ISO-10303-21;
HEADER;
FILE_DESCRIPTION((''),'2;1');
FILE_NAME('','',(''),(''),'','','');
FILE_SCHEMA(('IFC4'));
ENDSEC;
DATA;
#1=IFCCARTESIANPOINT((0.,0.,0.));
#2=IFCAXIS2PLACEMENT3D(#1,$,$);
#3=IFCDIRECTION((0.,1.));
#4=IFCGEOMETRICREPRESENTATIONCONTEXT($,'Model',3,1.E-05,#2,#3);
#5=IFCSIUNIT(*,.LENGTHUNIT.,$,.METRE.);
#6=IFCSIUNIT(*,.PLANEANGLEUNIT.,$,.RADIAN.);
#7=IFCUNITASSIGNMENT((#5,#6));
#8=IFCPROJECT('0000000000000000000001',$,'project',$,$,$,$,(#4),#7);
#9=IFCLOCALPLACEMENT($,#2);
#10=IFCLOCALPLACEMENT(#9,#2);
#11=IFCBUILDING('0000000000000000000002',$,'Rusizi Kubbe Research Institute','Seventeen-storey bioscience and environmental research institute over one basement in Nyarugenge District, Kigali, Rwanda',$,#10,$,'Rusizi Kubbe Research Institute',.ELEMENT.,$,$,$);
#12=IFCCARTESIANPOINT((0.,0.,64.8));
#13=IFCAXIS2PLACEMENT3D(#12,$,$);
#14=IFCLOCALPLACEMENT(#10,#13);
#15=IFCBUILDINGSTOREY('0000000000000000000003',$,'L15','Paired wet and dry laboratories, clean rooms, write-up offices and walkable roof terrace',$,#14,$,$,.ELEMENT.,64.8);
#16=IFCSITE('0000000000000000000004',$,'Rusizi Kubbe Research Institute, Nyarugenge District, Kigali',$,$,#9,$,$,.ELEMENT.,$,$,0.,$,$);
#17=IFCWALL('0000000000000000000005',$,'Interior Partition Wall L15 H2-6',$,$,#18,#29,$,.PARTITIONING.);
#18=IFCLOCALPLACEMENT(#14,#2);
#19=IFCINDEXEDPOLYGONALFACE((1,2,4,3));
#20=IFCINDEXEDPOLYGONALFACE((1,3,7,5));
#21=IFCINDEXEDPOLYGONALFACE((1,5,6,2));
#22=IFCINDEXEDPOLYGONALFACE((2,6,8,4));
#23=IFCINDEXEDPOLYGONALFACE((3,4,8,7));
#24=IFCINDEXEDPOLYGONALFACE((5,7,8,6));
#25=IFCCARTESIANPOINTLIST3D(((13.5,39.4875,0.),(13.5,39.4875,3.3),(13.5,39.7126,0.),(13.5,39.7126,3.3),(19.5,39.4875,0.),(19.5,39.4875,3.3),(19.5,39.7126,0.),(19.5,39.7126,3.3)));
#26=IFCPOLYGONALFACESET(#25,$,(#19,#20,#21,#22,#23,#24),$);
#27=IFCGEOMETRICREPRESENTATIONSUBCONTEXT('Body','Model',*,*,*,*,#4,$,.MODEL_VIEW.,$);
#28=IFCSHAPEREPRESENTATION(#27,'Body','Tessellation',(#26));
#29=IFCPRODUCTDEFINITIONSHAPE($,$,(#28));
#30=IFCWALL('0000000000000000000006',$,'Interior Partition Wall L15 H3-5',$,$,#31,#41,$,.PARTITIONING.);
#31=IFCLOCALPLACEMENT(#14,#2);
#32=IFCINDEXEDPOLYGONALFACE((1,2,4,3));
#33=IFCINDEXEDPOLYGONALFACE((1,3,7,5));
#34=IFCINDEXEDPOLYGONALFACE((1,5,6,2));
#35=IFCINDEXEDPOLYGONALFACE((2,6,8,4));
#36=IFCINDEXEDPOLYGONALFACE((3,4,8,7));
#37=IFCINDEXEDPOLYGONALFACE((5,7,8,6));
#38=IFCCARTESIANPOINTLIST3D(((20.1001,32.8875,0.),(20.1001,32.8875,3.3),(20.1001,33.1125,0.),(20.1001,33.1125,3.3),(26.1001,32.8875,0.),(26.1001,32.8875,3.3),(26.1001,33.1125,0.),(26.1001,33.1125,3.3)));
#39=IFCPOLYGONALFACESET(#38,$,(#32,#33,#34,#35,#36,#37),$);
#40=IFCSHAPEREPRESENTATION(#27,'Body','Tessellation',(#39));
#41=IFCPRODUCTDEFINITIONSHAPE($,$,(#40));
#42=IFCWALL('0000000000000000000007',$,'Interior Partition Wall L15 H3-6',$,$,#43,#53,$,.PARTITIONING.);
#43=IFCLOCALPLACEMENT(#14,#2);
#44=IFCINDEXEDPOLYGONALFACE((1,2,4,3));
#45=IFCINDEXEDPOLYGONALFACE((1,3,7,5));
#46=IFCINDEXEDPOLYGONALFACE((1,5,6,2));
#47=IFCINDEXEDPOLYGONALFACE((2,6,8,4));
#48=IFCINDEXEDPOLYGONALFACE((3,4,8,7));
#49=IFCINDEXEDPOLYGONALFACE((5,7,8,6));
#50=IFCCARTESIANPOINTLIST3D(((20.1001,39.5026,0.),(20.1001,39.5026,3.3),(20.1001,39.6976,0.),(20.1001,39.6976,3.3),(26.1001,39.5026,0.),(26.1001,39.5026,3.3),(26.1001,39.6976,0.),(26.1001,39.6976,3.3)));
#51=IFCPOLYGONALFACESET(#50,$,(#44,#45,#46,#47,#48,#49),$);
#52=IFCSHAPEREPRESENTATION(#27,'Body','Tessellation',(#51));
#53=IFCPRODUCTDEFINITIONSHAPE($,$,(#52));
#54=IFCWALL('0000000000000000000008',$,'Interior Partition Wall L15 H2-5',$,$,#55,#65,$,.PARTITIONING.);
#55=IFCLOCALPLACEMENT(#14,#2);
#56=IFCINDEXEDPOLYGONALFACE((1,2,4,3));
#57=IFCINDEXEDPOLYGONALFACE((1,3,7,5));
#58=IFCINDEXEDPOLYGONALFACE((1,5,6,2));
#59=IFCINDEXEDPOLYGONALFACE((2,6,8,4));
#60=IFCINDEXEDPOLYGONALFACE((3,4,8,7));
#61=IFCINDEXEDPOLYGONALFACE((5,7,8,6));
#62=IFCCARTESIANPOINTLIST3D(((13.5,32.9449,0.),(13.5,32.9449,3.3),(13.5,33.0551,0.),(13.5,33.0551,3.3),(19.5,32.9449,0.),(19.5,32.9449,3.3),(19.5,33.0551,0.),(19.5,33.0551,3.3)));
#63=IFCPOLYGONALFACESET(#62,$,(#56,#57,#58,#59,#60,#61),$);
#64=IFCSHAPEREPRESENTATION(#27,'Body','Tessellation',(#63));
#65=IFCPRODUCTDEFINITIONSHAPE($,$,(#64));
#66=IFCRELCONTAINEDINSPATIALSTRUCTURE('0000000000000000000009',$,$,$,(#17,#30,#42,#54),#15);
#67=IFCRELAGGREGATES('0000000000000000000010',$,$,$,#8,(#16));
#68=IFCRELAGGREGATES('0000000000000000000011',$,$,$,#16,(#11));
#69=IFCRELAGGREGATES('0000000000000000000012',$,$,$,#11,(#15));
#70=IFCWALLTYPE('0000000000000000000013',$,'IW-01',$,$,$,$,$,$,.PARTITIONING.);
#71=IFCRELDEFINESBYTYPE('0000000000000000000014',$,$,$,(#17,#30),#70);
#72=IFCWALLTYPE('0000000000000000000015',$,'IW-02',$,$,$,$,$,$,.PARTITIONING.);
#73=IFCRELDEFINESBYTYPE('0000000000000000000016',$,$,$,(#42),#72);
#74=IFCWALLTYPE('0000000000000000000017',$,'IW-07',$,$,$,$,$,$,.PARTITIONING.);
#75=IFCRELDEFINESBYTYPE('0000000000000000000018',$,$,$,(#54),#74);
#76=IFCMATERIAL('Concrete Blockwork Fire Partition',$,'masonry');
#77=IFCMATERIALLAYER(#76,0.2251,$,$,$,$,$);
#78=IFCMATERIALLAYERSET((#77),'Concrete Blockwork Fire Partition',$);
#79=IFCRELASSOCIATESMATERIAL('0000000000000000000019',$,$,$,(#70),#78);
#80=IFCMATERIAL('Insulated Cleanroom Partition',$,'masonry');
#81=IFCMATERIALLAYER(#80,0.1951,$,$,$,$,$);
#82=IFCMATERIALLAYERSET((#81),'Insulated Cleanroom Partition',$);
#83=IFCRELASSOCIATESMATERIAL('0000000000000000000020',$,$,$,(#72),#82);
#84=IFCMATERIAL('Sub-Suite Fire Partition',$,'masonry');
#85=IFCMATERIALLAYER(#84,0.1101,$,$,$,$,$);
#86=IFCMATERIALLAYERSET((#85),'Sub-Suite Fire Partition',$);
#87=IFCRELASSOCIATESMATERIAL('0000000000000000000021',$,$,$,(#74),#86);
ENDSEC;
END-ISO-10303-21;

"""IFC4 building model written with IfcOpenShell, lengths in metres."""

from ifc_helpers import new_model, si_unit, direction, frame, frame_2d, origin, place, context, subcontext, project, spatial, rectangle, extrude, material, layer, layer_set, type_object, element, save


model = new_model("IFC4")

# Units and contexts
model_context = context("Model", 3, precision=1e-05, world=origin(), true_north=direction((0.0, 1.0)))
body_context = subcontext(model_context, "Body", "Model", "MODEL_VIEW")
ifc_project = project(units=[si_unit("LENGTHUNIT", "METRE"), si_unit("PLANEANGLEUNIT", "RADIAN")], contexts=[model_context])

# Site, building, storey
site_placement = place(None, origin())
site = spatial("IfcSite", under=ifc_project, at=site_placement, Name="Rusizi Kubbe Research Institute, Nyarugenge District, Kigali", CompositionType="ELEMENT", RefElevation=0.0)
building_placement = place(site_placement, origin())
building = spatial("IfcBuilding", under=site, at=building_placement, Name="Rusizi Kubbe Research Institute", Description="Seventeen-storey bioscience and environmental research institute over one basement in Nyarugenge District, Kigali, Rwanda", LongName="Rusizi Kubbe Research Institute", CompositionType="ELEMENT")
storey_placement = place(building_placement, frame((0.0, 0.0, 64.8)))
storey = spatial("IfcBuildingStorey", under=building, at=storey_placement, Name="L15", Description="Paired wet and dry laboratories, clean rooms, write-up offices and walkable roof terrace", CompositionType="ELEMENT", Elevation=64.8)

# Walls
ifc_material_1 = material(Name="Concrete Blockwork Fire Partition", Category="masonry")
ifc_layer_1 = layer(ifc_material_1, 0.2251)
ifc_layer_set_1 = layer_set([ifc_layer_1], Name="Concrete Blockwork Fire Partition")
wall_type_1 = type_object("IfcWallType", Name="IW-01", PredefinedType="PARTITIONING", material=ifc_layer_set_1)
for number, where, z_axis, x_axis, name in (
    (1, (13.5, 39.6001, 0.0), (0.0, 0.0, 1.0), (1.0, 0.0, 0.0), "Interior Partition Wall L15 H2-6"),
    (2, (20.1001, 33.0, 0.0), (0.0, 0.0, 1.0), (1.0, 0.0, 0.0), "Interior Partition Wall L15 H3-5"),
):
    element("IfcWall", number, at=place(storey_placement, frame(where, z_axis=z_axis, x_axis=x_axis)), inside=storey, type_object=wall_type_1, Name=name, PredefinedType="PARTITIONING", context=body_context, shape_type="SweptSolid", body=[
        extrude(rectangle(XDim=6.0, YDim=0.2251, at=frame_2d((3.0, 0.0))), origin(), (0.0, 0.0, 1.0), 3.3),
    ])
ifc_material_2 = material(Name="Insulated Cleanroom Partition", Category="masonry")
ifc_layer_2 = layer(ifc_material_2, 0.1951)
ifc_layer_set_2 = layer_set([ifc_layer_2], Name="Insulated Cleanroom Partition")
wall_type_2 = type_object("IfcWallType", Name="IW-02", PredefinedType="PARTITIONING", material=ifc_layer_set_2)
wall_1_placement = place(storey_placement, frame((20.1001, 39.6001, 0.0), z_axis=(0.0, 0.0, 1.0), x_axis=(1.0, 0.0, 0.0)))
element("IfcWall", 3, at=wall_1_placement, inside=storey, type_object=wall_type_2, Name="Interior Partition Wall L15 H3-6", PredefinedType="PARTITIONING", context=body_context, shape_type="SweptSolid", body=[
    extrude(rectangle(XDim=6.0, YDim=0.1951, at=frame_2d((3.0, 0.0))), origin(), (0.0, 0.0, 1.0), 3.3),
])
ifc_material_3 = material(Name="Sub-Suite Fire Partition", Category="masonry")
ifc_layer_3 = layer(ifc_material_3, 0.1101)
ifc_layer_set_3 = layer_set([ifc_layer_3], Name="Sub-Suite Fire Partition")
wall_type_3 = type_object("IfcWallType", Name="IW-07", PredefinedType="PARTITIONING", material=ifc_layer_set_3)
wall_2_placement = place(storey_placement, frame((13.5, 33.0, 0.0), z_axis=(0.0, 0.0, 1.0), x_axis=(1.0, 0.0, 0.0)))
element("IfcWall", 4, at=wall_2_placement, inside=storey, type_object=wall_type_3, Name="Interior Partition Wall L15 H2-5", PredefinedType="PARTITIONING", context=body_context, shape_type="SweptSolid", body=[
    extrude(rectangle(XDim=6.0, YDim=0.1101, at=frame_2d((3.0, 0.0))), origin(), (0.0, 0.0, 1.0), 3.3),
])

save(model, "model.ifc")
